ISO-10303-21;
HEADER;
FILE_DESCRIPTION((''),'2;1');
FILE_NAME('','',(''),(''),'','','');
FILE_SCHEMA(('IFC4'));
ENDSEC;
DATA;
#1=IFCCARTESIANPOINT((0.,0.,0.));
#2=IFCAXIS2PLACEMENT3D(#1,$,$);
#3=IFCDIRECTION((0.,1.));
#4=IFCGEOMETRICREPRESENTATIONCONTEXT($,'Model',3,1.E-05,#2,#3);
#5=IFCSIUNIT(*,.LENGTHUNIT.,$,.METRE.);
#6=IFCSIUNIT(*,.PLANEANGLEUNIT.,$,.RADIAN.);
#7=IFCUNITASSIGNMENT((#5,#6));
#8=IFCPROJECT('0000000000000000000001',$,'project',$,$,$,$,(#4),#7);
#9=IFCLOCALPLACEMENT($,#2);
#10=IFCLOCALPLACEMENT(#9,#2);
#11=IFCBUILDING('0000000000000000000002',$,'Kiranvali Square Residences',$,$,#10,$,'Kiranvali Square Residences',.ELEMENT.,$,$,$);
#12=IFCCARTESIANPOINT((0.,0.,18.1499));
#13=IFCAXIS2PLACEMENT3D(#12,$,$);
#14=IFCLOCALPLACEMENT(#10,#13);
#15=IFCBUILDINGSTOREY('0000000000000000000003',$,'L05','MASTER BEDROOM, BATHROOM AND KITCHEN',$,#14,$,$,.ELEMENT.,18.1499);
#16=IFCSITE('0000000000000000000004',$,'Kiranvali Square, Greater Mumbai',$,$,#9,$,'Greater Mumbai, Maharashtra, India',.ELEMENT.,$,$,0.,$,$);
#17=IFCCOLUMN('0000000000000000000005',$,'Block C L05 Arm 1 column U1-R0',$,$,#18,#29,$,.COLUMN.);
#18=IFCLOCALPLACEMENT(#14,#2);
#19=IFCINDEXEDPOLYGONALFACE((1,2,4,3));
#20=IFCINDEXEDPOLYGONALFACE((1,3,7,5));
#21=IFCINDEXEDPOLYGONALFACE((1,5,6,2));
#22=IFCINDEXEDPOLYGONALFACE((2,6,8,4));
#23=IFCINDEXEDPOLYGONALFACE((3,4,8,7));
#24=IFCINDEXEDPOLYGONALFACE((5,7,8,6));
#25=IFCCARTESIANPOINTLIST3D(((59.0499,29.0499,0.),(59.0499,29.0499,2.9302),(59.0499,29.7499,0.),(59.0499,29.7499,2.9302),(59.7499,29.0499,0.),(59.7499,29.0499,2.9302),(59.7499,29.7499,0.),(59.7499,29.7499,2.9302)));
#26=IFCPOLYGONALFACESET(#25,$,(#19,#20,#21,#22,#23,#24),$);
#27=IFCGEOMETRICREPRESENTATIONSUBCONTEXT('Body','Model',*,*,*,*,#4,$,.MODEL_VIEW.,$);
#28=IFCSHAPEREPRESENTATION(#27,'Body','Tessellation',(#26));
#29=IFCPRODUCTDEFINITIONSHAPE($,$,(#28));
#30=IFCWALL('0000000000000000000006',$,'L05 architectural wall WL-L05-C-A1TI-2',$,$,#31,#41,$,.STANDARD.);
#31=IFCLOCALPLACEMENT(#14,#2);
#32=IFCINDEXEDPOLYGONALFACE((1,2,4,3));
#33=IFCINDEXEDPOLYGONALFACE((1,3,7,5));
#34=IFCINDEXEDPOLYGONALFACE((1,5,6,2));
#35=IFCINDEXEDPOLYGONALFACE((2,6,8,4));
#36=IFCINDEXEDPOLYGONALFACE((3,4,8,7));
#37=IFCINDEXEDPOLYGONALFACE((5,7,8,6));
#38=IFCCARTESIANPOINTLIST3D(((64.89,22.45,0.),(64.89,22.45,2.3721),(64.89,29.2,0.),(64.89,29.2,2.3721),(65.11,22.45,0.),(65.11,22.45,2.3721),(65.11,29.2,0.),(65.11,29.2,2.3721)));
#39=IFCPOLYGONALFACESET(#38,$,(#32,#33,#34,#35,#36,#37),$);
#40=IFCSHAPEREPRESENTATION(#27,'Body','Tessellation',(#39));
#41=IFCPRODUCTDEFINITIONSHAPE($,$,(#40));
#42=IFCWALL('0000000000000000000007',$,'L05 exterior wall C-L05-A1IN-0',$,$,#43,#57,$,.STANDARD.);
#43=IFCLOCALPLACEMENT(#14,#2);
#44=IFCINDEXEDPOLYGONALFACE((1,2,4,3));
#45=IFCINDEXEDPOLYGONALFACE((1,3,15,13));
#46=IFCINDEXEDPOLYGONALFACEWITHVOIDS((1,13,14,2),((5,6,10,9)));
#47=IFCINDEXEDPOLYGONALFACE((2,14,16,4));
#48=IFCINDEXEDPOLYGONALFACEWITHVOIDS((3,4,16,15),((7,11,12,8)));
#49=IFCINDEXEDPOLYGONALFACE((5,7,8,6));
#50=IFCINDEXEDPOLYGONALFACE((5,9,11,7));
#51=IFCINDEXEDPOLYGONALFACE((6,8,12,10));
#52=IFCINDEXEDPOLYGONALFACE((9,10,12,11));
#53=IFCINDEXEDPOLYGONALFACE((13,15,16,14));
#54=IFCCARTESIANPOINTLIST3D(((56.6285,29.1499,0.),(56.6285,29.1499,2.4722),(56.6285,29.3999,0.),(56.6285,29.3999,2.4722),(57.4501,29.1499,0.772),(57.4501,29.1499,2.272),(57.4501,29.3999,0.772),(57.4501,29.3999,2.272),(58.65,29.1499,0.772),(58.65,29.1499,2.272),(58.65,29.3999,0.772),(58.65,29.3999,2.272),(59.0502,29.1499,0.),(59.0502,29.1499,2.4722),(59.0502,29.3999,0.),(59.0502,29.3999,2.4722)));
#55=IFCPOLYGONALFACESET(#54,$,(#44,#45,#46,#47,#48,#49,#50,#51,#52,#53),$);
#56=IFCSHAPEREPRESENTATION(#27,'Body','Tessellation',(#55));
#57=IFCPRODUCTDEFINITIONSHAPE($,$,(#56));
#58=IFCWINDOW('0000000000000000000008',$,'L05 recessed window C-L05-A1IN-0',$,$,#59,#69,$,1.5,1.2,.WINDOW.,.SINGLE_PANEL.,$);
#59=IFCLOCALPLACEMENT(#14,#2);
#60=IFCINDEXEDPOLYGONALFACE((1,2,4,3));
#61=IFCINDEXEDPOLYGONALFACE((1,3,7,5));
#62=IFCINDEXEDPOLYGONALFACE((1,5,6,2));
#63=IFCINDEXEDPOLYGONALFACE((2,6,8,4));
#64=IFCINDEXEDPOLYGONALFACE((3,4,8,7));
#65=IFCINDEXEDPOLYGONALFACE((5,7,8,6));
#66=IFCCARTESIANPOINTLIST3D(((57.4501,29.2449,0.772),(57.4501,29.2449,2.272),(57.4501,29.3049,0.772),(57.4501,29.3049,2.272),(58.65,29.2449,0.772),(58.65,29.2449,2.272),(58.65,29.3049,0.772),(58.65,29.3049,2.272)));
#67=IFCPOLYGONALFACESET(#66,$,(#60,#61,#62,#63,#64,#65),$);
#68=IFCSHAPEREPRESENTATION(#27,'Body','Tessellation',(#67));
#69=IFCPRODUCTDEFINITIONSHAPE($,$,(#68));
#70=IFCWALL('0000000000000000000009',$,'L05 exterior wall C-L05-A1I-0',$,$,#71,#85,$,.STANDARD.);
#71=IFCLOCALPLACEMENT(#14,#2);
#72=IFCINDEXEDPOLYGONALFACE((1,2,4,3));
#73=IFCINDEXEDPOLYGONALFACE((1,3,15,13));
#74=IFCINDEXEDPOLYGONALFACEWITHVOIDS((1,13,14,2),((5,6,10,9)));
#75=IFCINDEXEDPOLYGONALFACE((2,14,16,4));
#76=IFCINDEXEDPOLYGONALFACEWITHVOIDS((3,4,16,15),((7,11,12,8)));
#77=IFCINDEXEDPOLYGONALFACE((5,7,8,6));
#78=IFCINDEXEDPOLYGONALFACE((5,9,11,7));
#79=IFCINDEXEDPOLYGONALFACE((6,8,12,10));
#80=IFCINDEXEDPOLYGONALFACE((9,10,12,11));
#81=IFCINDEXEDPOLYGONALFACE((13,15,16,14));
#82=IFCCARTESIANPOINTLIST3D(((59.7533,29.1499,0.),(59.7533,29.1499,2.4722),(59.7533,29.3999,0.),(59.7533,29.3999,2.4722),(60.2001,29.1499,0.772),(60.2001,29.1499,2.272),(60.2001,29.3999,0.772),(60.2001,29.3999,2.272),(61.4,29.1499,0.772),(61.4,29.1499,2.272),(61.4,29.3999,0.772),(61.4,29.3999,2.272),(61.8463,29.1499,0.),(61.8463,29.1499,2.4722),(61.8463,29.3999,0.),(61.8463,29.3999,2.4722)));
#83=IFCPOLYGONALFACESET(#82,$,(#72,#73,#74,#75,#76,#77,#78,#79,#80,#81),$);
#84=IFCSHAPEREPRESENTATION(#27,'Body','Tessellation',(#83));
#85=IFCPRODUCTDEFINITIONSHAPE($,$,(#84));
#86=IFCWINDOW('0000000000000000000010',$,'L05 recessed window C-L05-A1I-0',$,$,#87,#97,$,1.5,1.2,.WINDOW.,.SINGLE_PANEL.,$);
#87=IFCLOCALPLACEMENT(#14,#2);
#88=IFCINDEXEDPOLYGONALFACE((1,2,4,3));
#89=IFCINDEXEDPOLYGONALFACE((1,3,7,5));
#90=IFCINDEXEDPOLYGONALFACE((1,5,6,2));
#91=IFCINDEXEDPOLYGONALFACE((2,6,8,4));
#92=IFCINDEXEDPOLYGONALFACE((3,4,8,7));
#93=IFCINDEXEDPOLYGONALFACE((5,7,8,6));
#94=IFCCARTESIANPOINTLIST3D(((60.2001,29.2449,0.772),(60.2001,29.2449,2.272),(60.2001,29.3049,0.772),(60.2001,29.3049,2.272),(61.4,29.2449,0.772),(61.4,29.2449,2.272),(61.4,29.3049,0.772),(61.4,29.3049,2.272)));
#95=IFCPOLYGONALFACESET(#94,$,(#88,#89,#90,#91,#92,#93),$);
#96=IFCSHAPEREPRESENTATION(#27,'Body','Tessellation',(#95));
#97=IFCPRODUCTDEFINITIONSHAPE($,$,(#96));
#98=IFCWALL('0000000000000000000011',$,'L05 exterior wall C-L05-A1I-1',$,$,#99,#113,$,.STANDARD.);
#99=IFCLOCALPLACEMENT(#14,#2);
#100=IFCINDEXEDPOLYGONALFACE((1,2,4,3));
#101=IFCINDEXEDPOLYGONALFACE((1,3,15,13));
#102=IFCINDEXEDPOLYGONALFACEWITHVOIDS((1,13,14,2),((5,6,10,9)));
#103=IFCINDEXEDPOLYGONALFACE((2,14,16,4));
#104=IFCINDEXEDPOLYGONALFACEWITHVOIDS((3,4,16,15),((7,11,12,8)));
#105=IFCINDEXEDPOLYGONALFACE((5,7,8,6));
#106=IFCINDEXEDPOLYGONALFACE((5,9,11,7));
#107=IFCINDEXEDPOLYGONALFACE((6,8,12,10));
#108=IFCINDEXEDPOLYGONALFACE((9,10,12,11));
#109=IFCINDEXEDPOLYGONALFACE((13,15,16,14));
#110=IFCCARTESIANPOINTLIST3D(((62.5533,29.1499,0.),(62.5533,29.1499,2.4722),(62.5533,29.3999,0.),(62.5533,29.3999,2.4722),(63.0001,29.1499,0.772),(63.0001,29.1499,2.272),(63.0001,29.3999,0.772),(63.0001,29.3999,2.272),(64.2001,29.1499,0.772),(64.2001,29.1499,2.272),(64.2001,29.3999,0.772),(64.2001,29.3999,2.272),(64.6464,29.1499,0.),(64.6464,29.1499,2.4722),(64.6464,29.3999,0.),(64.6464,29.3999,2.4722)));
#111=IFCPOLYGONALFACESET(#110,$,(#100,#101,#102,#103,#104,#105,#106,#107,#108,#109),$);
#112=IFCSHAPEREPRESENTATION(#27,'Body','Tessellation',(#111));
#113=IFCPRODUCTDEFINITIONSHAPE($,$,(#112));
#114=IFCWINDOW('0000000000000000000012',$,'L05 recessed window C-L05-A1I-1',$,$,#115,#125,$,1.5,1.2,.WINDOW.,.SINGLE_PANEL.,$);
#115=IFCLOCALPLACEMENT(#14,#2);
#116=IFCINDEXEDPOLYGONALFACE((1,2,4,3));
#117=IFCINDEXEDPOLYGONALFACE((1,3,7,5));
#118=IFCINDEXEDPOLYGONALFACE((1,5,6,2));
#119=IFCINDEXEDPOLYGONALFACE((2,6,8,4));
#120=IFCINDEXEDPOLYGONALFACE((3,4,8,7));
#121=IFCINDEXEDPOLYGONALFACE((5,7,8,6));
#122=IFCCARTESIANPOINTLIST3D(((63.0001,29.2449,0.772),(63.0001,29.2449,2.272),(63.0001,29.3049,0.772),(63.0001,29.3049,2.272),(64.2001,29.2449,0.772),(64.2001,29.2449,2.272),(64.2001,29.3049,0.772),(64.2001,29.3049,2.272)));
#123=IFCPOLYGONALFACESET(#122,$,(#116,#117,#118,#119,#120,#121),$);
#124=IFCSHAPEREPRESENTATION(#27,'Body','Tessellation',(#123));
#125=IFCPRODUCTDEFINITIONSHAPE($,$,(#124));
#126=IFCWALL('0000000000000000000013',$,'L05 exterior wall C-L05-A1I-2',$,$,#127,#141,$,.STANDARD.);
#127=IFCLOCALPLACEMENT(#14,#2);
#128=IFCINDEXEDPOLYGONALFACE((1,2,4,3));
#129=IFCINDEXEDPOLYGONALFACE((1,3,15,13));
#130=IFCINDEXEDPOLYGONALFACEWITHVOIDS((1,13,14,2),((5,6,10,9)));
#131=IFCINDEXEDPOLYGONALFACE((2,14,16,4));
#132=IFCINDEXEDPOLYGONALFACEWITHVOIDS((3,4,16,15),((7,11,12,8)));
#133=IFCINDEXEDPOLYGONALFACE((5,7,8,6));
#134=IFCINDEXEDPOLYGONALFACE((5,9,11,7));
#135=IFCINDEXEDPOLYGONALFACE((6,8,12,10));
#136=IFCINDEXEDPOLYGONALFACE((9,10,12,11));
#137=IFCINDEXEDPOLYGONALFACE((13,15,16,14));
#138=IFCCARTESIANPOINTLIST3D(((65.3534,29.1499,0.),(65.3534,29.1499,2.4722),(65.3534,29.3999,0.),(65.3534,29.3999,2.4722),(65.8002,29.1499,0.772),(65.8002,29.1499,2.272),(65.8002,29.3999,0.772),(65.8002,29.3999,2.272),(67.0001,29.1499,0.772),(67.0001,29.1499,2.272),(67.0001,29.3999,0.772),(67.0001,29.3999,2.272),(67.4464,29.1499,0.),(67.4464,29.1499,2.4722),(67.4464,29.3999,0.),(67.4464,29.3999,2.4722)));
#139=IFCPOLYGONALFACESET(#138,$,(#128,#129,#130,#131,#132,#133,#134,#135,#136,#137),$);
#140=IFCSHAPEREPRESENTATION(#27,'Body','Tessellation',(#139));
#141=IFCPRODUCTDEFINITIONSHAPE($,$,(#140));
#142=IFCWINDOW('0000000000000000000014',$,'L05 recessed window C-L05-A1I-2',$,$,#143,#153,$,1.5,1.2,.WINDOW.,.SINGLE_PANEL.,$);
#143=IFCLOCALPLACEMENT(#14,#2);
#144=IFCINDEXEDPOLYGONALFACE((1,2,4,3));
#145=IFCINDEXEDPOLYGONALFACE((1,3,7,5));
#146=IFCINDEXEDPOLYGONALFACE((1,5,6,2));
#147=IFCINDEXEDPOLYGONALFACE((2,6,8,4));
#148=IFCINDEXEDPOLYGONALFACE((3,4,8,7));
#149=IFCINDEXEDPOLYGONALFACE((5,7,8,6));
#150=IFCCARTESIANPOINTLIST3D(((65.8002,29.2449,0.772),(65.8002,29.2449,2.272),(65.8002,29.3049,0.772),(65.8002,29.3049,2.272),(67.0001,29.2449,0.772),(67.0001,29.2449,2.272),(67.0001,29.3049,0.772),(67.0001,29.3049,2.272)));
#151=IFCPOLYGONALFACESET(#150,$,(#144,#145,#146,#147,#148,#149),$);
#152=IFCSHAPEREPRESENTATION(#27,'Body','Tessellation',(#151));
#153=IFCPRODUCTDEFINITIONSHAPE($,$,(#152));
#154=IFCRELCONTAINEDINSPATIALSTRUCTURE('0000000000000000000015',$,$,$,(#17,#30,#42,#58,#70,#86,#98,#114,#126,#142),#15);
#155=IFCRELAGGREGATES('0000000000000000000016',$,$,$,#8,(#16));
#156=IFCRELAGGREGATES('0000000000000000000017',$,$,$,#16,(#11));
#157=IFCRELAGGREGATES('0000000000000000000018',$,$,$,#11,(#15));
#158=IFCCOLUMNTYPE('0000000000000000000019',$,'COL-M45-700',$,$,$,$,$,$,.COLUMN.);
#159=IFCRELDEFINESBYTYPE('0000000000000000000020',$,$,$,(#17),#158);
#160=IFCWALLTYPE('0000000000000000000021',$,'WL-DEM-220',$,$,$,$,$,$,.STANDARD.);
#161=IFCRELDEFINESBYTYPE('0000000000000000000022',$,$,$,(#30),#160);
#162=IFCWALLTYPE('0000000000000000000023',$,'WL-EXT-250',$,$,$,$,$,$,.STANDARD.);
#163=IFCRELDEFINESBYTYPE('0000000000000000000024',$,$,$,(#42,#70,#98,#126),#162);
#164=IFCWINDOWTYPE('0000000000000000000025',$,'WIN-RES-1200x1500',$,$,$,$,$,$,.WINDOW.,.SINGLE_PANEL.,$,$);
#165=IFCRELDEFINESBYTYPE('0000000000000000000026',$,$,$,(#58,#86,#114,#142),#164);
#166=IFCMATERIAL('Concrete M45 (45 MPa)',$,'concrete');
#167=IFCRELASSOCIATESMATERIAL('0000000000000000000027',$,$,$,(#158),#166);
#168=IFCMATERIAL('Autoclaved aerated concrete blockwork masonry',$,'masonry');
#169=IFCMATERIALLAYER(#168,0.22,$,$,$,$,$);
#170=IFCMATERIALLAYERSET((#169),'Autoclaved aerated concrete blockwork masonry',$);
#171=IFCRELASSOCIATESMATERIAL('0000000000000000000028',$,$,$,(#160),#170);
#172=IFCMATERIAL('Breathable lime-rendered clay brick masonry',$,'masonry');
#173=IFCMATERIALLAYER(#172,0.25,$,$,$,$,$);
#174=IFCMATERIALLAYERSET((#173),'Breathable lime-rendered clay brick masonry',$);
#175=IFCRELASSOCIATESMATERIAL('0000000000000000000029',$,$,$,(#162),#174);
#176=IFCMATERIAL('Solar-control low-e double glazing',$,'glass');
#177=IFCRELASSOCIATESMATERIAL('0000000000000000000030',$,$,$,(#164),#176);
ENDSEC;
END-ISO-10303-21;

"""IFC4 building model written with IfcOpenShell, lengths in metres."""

from ifc_helpers import new_model, si_unit, direction, frame, frame_2d, origin, origin_2d, place, context, subcontext, project, spatial, rectangle, extrude, material, layer, layer_set, material_profile, profile_set, type_object, element, fill, save


model = new_model("IFC4")

# Units and contexts
model_context = context("Model", 3, precision=1e-05, world=origin(), true_north=direction((0.0, 1.0)))
body_context = subcontext(model_context, "Body", "Model", "MODEL_VIEW")
ifc_project = project(units=[si_unit("LENGTHUNIT", "METRE"), si_unit("PLANEANGLEUNIT", "RADIAN")], contexts=[model_context])

# Site, building, storey
site_placement = place(None, origin())
site = spatial("IfcSite", under=ifc_project, at=site_placement, Name="Kiranvali Square, Greater Mumbai", LongName="Greater Mumbai, Maharashtra, India", CompositionType="ELEMENT", RefElevation=0.0)
building_placement = place(site_placement, origin())
building = spatial("IfcBuilding", under=site, at=building_placement, Name="Kiranvali Square Residences", LongName="Kiranvali Square Residences", CompositionType="ELEMENT")
storey_placement = place(building_placement, frame((0.0, 0.0, 18.1499)))
storey = spatial("IfcBuildingStorey", under=building, at=storey_placement, Name="L05", Description="MASTER BEDROOM, BATHROOM AND KITCHEN", CompositionType="ELEMENT", Elevation=18.1499)

# Column
ifc_material_1 = material(Name="Concrete M45 (45 MPa)", Category="concrete")
ifc_material_profile = material_profile(ifc_material_1, rectangle(XDim=0.7, YDim=0.7, at=origin_2d()), Name="RC 700x700")
ifc_profile_set = profile_set([ifc_material_profile], Name="Concrete M45 (45 MPa)")
column_type = type_object("IfcColumnType", Name="COL-M45-700", PredefinedType="COLUMN", material=ifc_profile_set)
column_placement = place(storey_placement, frame((59.3999, 29.3999, 0.0), z_axis=(0.0, 0.0, 1.0), x_axis=(1.0, 0.0, 0.0)))
element("IfcColumn", 1, at=column_placement, inside=storey, type_object=column_type, Name="Block C L05 Arm 1 column U1-R0", PredefinedType="COLUMN", context=body_context, shape_type="SweptSolid", body=[
    extrude(rectangle(XDim=0.7, YDim=0.7, at=origin_2d()), origin(), (0.0, 0.0, 1.0), 2.9302),
])

# Wall
ifc_material_2 = material(Name="Autoclaved aerated concrete blockwork masonry", Category="masonry")
ifc_layer_1 = layer(ifc_material_2, 0.22)
ifc_layer_set_1 = layer_set([ifc_layer_1], Name="Autoclaved aerated concrete blockwork masonry")
wall_type_1 = type_object("IfcWallType", Name="WL-DEM-220", PredefinedType="STANDARD", material=ifc_layer_set_1)
wall_1_placement = place(storey_placement, frame((65.0, 29.2, 0.0), z_axis=(0.0, 0.0, 1.0), x_axis=(0.0, -1.0, 0.0)))
element("IfcWall", 2, at=wall_1_placement, inside=storey, type_object=wall_type_1, Name="L05 architectural wall WL-L05-C-A1TI-2", PredefinedType="STANDARD", context=body_context, shape_type="SweptSolid", body=[
    extrude(rectangle(XDim=6.75, YDim=0.22, at=frame_2d((3.375, 0.0))), origin(), (0.0, 0.0, 1.0), 2.3721),
])

# Walls, openings, windows
ifc_material_3 = material(Name="Breathable lime-rendered clay brick masonry", Category="masonry")
ifc_layer_2 = layer(ifc_material_3, 0.25)
ifc_layer_set_2 = layer_set([ifc_layer_2], Name="Breathable lime-rendered clay brick masonry")
wall_type_2 = type_object("IfcWallType", Name="WL-EXT-250", PredefinedType="STANDARD", material=ifc_layer_set_2)
wall_2_placement = place(storey_placement, frame((56.6284, 29.2749, 0.0), z_axis=(0.0, 0.0, 1.0), x_axis=(1.0, 0.0, 0.0)))
wall_2 = element("IfcWall", 3, at=wall_2_placement, inside=storey, type_object=wall_type_2, Name="L05 exterior wall C-L05-A1IN-0", PredefinedType="STANDARD", context=body_context, shape_type="SweptSolid", body=[
    extrude(rectangle(XDim=2.4216, YDim=0.25, at=frame_2d((1.2109, 0.0))), origin(), (0.0, 0.0, 1.0), 2.4722),
])
opening_1_placement = place(wall_2_placement, frame((0.8215, 0.0, 0.772)))
opening_1 = element("IfcOpeningElement", 4, at=opening_1_placement, cuts=wall_2, PredefinedType="OPENING", context=body_context, shape_type="SweptSolid", body=[
    extrude(rectangle(XDim=1.2, YDim=1.5, at=frame_2d((0.6001, 0.75))), frame((0.0, 0.135, 0.0), z_axis=(0.0, -1.0, 0.0), x_axis=(1.0, 0.0, 0.0)), (0.0, 0.0, 1.0), 0.27),
])
ifc_material_4 = material(Name="Solar-control low-e double glazing", Category="glass")
window_type_1 = type_object("IfcWindowType", Name="WIN-RES-1200x1500", PartitioningType="SINGLE_PANEL", PredefinedType="WINDOW", material=ifc_material_4)
window_1_placement = place(opening_1_placement, origin())
window_1 = element("IfcWindow", 5, at=window_1_placement, inside=storey, type_object=window_type_1, Name="L05 recessed window C-L05-A1IN-0", OverallHeight=1.5, OverallWidth=1.2, PartitioningType="SINGLE_PANEL", PredefinedType="WINDOW", context=body_context, shape_type="SweptSolid", body=[
    extrude(rectangle(XDim=1.2, YDim=1.5, at=frame_2d((0.6001, 0.75))), frame((0.0, 0.03, 0.0), z_axis=(0.0, -1.0, 0.0), x_axis=(1.0, 0.0, 0.0)), (0.0, 0.0, 1.0), 0.0601),
])
fill(opening_1, window_1)
wall_3_placement = place(storey_placement, frame((59.7534, 29.2749, 0.0), z_axis=(0.0, 0.0, 1.0), x_axis=(1.0, 0.0, 0.0)))
wall_3 = element("IfcWall", 6, at=wall_3_placement, inside=storey, type_object=wall_type_2, Name="L05 exterior wall C-L05-A1I-0", PredefinedType="STANDARD", context=body_context, shape_type="SweptSolid", body=[
    extrude(rectangle(XDim=2.093, YDim=0.25, at=frame_2d((1.0464, 0.0))), origin(), (0.0, 0.0, 1.0), 2.4722),
])
opening_2_placement = place(wall_3_placement, frame((0.4465, 0.0, 0.772)))
opening_2 = element("IfcOpeningElement", 7, at=opening_2_placement, cuts=wall_3, PredefinedType="OPENING", context=body_context, shape_type="SweptSolid", body=[
    extrude(rectangle(XDim=1.2, YDim=1.5, at=frame_2d((0.6001, 0.75))), frame((0.0, 0.135, 0.0), z_axis=(0.0, -1.0, 0.0), x_axis=(1.0, 0.0, 0.0)), (0.0, 0.0, 1.0), 0.27),
])
window_2_placement = place(opening_2_placement, origin())
window_2 = element("IfcWindow", 8, at=window_2_placement, inside=storey, type_object=window_type_1, Name="L05 recessed window C-L05-A1I-0", OverallHeight=1.5, OverallWidth=1.2, PartitioningType="SINGLE_PANEL", PredefinedType="WINDOW", context=body_context, shape_type="SweptSolid", body=[
    extrude(rectangle(XDim=1.2, YDim=1.5, at=frame_2d((0.6001, 0.75))), frame((0.0, 0.03, 0.0), z_axis=(0.0, -1.0, 0.0), x_axis=(1.0, 0.0, 0.0)), (0.0, 0.0, 1.0), 0.0601),
])
fill(opening_2, window_2)
wall_4_placement = place(storey_placement, frame((62.5535, 29.2749, 0.0), z_axis=(0.0, 0.0, 1.0), x_axis=(1.0, 0.0, 0.0)))
wall_4 = element("IfcWall", 9, at=wall_4_placement, inside=storey, type_object=wall_type_2, Name="L05 exterior wall C-L05-A1I-1", PredefinedType="STANDARD", context=body_context, shape_type="SweptSolid", body=[
    extrude(rectangle(XDim=2.093, YDim=0.25, at=frame_2d((1.0464, 0.0))), origin(), (0.0, 0.0, 1.0), 2.4722),
])
opening_3_placement = place(wall_4_placement, frame((0.4465, 0.0, 0.772)))
opening_3 = element("IfcOpeningElement", 10, at=opening_3_placement, cuts=wall_4, PredefinedType="OPENING", context=body_context, shape_type="SweptSolid", body=[
    extrude(rectangle(XDim=1.2, YDim=1.5, at=frame_2d((0.6001, 0.75))), frame((0.0, 0.135, 0.0), z_axis=(0.0, -1.0, 0.0), x_axis=(1.0, 0.0, 0.0)), (0.0, 0.0, 1.0), 0.27),
])
window_3_placement = place(opening_3_placement, origin())
window_3 = element("IfcWindow", 11, at=window_3_placement, inside=storey, type_object=window_type_1, Name="L05 recessed window C-L05-A1I-1", OverallHeight=1.5, OverallWidth=1.2, PartitioningType="SINGLE_PANEL", PredefinedType="WINDOW", context=body_context, shape_type="SweptSolid", body=[
    extrude(rectangle(XDim=1.2, YDim=1.5, at=frame_2d((0.6001, 0.75))), frame((0.0, 0.03, 0.0), z_axis=(0.0, -1.0, 0.0), x_axis=(1.0, 0.0, 0.0)), (0.0, 0.0, 1.0), 0.0601),
])
fill(opening_3, window_3)
wall_5_placement = place(storey_placement, frame((65.3535, 29.2749, 0.0), z_axis=(0.0, 0.0, 1.0), x_axis=(1.0, 0.0, 0.0)))
wall_5 = element("IfcWall", 12, at=wall_5_placement, inside=storey, type_object=wall_type_2, Name="L05 exterior wall C-L05-A1I-2", PredefinedType="STANDARD", context=body_context, shape_type="SweptSolid", body=[
    extrude(rectangle(XDim=2.093, YDim=0.25, at=frame_2d((1.0464, 0.0))), origin(), (0.0, 0.0, 1.0), 2.4722),
])
opening_4_placement = place(wall_5_placement, frame((0.4465, 0.0, 0.772)))
opening_4 = element("IfcOpeningElement", 13, at=opening_4_placement, cuts=wall_5, PredefinedType="OPENING", context=body_context, shape_type="SweptSolid", body=[
    extrude(rectangle(XDim=1.2, YDim=1.5, at=frame_2d((0.6001, 0.75))), frame((0.0, 0.135, 0.0), z_axis=(0.0, -1.0, 0.0), x_axis=(1.0, 0.0, 0.0)), (0.0, 0.0, 1.0), 0.27),
])
window_4_placement = place(opening_4_placement, origin())
window_4 = element("IfcWindow", 14, at=window_4_placement, inside=storey, type_object=window_type_1, Name="L05 recessed window C-L05-A1I-2", OverallHeight=1.5, OverallWidth=1.2, PartitioningType="SINGLE_PANEL", PredefinedType="WINDOW", context=body_context, shape_type="SweptSolid", body=[
    extrude(rectangle(XDim=1.2, YDim=1.5, at=frame_2d((0.6001, 0.75))), frame((0.0, 0.03, 0.0), z_axis=(0.0, -1.0, 0.0), x_axis=(1.0, 0.0, 0.0)), (0.0, 0.0, 1.0), 0.0601),
])
fill(opening_4, window_4)

save(model, "model.ifc")
